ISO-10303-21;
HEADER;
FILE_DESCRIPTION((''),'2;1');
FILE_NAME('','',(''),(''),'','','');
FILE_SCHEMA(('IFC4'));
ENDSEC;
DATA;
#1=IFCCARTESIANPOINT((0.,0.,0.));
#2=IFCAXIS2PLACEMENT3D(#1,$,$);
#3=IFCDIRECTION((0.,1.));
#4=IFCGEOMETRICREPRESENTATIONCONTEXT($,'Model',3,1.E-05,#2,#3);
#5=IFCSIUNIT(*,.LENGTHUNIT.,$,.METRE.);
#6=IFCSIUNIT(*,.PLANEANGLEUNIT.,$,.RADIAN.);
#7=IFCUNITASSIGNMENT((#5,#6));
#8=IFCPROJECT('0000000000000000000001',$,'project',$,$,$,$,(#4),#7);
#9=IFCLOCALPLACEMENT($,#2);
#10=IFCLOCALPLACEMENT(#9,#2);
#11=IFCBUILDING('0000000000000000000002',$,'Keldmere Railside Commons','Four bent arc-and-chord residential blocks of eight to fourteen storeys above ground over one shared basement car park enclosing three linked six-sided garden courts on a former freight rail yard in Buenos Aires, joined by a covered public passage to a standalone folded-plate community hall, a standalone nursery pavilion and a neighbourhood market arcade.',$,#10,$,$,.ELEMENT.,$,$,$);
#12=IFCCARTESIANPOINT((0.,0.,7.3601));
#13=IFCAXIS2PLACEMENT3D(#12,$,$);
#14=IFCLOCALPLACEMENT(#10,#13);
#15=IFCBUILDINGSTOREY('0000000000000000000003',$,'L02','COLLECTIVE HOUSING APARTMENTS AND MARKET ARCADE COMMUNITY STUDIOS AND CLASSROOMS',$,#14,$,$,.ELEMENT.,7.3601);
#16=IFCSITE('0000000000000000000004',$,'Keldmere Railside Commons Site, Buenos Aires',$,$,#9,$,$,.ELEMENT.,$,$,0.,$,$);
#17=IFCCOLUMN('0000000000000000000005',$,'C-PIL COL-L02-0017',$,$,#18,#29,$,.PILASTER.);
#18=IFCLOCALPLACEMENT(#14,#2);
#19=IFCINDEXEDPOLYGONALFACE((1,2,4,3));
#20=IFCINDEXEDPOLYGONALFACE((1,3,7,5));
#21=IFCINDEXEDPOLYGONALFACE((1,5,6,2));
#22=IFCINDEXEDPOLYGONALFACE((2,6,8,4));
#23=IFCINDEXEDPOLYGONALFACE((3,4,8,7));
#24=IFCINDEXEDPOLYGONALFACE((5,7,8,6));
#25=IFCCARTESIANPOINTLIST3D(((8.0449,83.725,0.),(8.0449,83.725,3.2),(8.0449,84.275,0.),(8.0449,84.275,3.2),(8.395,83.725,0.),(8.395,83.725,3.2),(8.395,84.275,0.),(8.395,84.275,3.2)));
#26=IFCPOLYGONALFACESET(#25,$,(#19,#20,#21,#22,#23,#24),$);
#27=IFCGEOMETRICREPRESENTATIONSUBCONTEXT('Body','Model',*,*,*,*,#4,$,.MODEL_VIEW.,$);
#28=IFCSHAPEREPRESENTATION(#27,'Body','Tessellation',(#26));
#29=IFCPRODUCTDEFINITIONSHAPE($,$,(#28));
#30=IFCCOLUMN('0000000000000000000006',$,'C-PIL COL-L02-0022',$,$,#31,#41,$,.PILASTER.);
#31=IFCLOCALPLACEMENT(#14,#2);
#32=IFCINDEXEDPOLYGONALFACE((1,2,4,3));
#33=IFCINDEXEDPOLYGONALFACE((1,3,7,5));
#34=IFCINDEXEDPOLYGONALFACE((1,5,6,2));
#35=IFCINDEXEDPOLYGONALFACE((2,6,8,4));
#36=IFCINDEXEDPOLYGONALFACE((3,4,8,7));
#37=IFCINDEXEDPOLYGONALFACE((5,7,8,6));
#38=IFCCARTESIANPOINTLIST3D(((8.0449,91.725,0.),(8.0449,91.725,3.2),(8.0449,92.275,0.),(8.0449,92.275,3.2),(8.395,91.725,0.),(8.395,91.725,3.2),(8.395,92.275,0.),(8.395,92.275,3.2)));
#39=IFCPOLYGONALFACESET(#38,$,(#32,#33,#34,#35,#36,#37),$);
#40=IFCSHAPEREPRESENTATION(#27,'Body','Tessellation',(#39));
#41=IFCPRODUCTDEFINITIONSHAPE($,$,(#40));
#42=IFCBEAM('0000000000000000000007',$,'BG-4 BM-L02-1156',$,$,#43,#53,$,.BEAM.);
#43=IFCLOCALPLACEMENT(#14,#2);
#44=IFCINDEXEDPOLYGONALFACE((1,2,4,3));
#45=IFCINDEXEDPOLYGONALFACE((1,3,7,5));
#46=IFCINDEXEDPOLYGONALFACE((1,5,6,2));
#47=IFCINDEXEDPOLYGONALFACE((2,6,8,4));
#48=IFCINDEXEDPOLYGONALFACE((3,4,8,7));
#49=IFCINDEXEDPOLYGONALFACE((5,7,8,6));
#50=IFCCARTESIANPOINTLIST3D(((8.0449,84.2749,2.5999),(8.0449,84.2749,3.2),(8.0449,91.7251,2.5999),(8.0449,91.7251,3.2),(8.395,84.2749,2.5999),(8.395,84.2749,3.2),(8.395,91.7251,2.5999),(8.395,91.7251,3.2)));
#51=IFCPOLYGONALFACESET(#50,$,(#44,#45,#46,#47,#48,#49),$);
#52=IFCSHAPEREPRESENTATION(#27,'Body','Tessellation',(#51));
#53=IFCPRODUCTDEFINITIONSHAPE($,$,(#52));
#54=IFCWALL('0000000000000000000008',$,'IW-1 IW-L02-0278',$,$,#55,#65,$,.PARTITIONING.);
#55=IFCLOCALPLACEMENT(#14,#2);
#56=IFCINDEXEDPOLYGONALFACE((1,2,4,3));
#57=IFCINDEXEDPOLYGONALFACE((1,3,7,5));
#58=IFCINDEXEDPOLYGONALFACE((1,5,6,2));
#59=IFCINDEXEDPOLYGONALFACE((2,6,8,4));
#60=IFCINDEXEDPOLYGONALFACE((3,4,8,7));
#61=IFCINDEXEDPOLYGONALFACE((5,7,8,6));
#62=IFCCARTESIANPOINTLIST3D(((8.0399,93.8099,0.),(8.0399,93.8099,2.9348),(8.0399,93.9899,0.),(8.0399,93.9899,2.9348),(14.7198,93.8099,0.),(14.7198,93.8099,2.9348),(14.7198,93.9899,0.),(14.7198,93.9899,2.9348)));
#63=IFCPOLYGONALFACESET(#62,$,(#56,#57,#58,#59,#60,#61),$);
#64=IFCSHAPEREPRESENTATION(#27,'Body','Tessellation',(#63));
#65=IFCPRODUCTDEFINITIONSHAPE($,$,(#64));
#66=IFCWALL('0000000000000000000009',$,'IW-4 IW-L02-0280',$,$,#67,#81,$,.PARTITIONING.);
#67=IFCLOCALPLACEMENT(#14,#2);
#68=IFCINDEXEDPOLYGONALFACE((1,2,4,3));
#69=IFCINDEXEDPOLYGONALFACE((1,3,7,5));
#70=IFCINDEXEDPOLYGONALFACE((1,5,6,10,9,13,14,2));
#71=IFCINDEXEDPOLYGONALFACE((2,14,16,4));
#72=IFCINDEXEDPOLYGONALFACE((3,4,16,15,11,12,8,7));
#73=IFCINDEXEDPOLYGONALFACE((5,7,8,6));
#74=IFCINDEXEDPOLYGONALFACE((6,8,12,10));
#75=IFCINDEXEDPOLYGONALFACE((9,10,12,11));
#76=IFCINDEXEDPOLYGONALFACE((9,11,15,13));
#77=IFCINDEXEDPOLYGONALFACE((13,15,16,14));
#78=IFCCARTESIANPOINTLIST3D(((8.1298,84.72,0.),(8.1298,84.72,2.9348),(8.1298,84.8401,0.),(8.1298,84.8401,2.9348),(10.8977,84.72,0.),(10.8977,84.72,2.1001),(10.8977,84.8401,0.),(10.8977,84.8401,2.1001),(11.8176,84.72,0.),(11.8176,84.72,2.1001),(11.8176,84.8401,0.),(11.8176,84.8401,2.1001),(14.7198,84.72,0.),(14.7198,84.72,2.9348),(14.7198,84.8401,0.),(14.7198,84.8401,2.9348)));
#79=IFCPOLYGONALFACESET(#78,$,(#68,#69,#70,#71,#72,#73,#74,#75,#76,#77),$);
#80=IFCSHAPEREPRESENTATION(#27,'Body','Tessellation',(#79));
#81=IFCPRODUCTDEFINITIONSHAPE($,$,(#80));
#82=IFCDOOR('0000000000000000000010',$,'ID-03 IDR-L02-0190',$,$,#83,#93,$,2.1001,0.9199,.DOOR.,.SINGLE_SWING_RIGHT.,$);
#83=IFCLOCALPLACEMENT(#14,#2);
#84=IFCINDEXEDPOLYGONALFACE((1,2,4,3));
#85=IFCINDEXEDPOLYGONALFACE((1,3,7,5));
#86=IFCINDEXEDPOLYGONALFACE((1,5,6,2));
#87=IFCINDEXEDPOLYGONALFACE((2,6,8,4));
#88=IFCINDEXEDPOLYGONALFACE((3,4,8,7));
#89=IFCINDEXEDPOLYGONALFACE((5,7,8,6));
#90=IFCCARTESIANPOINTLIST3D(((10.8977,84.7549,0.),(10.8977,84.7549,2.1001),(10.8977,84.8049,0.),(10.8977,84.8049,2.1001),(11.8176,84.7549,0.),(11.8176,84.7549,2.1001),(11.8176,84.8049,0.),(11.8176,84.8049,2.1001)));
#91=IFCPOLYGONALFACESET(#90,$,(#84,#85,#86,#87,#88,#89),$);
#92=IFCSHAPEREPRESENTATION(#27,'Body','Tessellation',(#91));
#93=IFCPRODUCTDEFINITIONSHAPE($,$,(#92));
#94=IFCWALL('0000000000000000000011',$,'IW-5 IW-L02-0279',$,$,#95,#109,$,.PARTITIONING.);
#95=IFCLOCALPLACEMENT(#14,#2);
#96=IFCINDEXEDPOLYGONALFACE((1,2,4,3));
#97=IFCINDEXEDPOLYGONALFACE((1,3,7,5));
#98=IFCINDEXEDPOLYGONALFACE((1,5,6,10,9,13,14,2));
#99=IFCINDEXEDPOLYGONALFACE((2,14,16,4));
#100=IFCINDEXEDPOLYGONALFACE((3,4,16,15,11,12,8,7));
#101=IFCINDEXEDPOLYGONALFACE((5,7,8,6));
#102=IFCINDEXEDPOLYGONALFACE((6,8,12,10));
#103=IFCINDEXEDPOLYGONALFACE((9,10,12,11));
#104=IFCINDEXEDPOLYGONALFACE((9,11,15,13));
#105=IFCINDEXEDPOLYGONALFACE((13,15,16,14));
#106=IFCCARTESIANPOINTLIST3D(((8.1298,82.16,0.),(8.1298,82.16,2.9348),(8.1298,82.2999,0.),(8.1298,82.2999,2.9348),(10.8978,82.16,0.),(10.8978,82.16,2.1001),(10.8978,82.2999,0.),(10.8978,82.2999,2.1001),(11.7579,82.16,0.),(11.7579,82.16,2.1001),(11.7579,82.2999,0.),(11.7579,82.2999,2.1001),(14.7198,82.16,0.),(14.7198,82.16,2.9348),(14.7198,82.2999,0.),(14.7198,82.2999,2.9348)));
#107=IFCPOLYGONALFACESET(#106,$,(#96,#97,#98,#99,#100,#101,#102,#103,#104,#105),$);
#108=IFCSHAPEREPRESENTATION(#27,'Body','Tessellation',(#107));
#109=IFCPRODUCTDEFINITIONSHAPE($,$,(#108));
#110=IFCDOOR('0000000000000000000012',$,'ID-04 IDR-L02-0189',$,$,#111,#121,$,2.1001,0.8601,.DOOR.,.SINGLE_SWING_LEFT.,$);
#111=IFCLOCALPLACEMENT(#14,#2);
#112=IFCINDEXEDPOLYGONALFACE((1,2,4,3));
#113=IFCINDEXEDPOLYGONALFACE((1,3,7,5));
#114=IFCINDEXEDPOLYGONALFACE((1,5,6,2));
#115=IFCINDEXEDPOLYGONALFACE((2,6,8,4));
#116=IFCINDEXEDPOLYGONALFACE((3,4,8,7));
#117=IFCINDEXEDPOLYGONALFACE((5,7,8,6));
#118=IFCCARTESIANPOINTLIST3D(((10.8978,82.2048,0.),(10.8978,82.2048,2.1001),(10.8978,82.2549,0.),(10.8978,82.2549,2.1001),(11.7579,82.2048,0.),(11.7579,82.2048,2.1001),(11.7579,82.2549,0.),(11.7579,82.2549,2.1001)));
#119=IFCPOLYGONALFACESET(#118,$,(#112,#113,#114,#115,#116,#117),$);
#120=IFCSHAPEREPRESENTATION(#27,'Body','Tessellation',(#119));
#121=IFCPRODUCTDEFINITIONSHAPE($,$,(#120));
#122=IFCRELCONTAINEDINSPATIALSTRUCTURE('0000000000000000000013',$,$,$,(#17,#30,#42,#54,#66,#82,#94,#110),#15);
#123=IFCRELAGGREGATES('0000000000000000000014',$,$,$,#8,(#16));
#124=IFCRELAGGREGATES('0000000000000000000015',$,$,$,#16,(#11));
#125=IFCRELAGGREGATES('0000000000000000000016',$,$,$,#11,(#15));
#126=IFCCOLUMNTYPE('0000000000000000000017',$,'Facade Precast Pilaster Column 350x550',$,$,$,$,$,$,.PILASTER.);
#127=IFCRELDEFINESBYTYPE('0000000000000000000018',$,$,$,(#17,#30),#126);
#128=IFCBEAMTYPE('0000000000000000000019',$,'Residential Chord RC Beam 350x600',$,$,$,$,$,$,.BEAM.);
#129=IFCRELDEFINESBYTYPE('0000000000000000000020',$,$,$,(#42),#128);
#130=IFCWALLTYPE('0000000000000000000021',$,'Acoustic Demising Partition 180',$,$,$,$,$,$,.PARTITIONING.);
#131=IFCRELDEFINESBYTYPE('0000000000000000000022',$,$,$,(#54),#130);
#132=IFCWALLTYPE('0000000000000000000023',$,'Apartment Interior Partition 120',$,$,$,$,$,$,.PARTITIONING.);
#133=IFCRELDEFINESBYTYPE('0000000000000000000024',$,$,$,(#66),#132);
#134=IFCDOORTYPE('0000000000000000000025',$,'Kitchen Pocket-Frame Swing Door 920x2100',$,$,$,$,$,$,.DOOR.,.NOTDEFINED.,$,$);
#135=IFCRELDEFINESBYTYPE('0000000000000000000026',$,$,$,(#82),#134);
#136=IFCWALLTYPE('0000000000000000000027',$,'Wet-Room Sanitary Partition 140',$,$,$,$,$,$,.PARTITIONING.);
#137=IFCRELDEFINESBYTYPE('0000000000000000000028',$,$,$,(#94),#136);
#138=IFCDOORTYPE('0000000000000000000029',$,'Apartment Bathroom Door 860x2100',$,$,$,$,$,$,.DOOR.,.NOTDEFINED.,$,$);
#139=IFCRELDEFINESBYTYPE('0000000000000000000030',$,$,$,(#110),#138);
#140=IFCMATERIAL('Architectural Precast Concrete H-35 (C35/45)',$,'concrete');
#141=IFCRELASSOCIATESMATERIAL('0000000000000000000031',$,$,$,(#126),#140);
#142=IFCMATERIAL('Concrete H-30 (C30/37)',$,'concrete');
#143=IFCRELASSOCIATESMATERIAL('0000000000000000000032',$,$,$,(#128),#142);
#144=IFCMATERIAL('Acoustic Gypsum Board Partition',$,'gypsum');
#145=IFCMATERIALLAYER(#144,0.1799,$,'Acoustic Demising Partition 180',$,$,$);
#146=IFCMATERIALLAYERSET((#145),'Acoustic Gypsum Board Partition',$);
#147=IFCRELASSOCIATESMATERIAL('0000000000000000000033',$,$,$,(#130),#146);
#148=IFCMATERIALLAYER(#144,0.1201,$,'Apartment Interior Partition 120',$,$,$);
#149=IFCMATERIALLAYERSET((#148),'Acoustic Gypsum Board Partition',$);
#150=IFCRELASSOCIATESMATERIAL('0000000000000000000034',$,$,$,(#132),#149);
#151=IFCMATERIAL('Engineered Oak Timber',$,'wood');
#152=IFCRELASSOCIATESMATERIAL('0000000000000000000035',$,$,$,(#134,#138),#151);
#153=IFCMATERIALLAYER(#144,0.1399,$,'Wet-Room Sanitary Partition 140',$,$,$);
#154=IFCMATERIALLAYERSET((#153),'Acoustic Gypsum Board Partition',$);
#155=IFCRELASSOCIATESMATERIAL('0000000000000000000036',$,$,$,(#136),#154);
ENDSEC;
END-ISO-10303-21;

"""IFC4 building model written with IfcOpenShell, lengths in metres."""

from ifc_helpers import new_model, si_unit, direction, frame, frame_2d, origin, origin_2d, place, context, subcontext, project, spatial, rectangle, extrude, material, layer, layer_set, material_profile, profile_set, type_object, element, fill, save


model = new_model("IFC4")

# Units and contexts
model_context = context("Model", 3, precision=1e-05, world=origin(), true_north=direction((0.0, 1.0)))
body_context = subcontext(model_context, "Body", "Model", "MODEL_VIEW")
ifc_project = project(units=[si_unit("LENGTHUNIT", "METRE"), si_unit("PLANEANGLEUNIT", "RADIAN")], contexts=[model_context])

# Site, building, storey
site_placement = place(None, origin())
site = spatial("IfcSite", under=ifc_project, at=site_placement, Name="Keldmere Railside Commons Site, Buenos Aires", CompositionType="ELEMENT", RefElevation=0.0)
building_placement = place(site_placement, origin())
building = spatial("IfcBuilding", under=site, at=building_placement, Name="Keldmere Railside Commons", Description="Four bent arc-and-chord residential blocks of eight to fourteen storeys above ground over one shared basement car park enclosing three linked six-sided garden courts on a former freight rail yard in Buenos Aires, joined by a covered public passage to a standalone folded-plate community hall, a standalone nursery pavilion and a neighbourhood market arcade.", CompositionType="ELEMENT")
storey_placement = place(building_placement, frame((0.0, 0.0, 7.3601)))
storey = spatial("IfcBuildingStorey", under=building, at=storey_placement, Name="L02", Description="COLLECTIVE HOUSING APARTMENTS AND MARKET ARCADE COMMUNITY STUDIOS AND CLASSROOMS", CompositionType="ELEMENT", Elevation=7.3601)

# Columns
ifc_material_1 = material(Name="Architectural Precast Concrete H-35 (C35/45)", Category="concrete")
ifc_material_profile_1 = material_profile(ifc_material_1, rectangle(XDim=0.3501, YDim=0.55, at=origin_2d()), Name="RC-350x550")
ifc_profile_set_1 = profile_set([ifc_material_profile_1], Name="Architectural Precast Concrete H-35 (C35/45)")
column_type = type_object("IfcColumnType", Name="Facade Precast Pilaster Column 350x550", PredefinedType="PILASTER", material=ifc_profile_set_1)
for number, where, z_axis, x_axis, name in (
    (1, (8.22, 84.0, 0.0), (0.0, 0.0, 1.0), (1.0, 0.0, 0.0), "C-PIL COL-L02-0017"),
    (2, (8.22, 92.0, 0.0), (0.0, 0.0, 1.0), (1.0, 0.0, 0.0), "C-PIL COL-L02-0022"),
):
    element("IfcColumn", number, at=place(storey_placement, frame(where, z_axis=z_axis, x_axis=x_axis)), inside=storey, type_object=column_type, Name=name, PredefinedType="PILASTER", context=body_context, shape_type="SweptSolid", body=[
        extrude(rectangle(XDim=0.3501, YDim=0.55, at=origin_2d()), origin(), (0.0, 0.0, 1.0), 3.2),
    ])

# Beam
ifc_material_2 = material(Name="Concrete H-30 (C30/37)", Category="concrete")
ifc_material_profile_2 = material_profile(ifc_material_2, rectangle(XDim=0.3501, YDim=0.6001, at=origin_2d()), Name="RC-350x600")
ifc_profile_set_2 = profile_set([ifc_material_profile_2], Name="Concrete H-30 (C30/37)")
beam_type = type_object("IfcBeamType", Name="Residential Chord RC Beam 350x600", PredefinedType="BEAM", material=ifc_profile_set_2)
beam_placement = place(storey_placement, frame((8.22, 84.2749, 2.8999), z_axis=(0.0, 1.0, 0.0), x_axis=(-1.0, 0.0, 0.0)))
element("IfcBeam", 3, at=beam_placement, inside=storey, type_object=beam_type, Name="BG-4 BM-L02-1156", PredefinedType="BEAM", context=body_context, shape_type="SweptSolid", body=[
    extrude(rectangle(XDim=0.3501, YDim=0.6001, at=origin_2d()), origin(), (0.0, 0.0, 1.0), 7.4502),
])

# Wall
ifc_material_3 = material(Name="Acoustic Gypsum Board Partition", Category="gypsum")
ifc_layer_1 = layer(ifc_material_3, 0.1799, Name="Acoustic Demising Partition 180")
ifc_layer_set_1 = layer_set([ifc_layer_1], Name="Acoustic Gypsum Board Partition")
wall_type_1 = type_object("IfcWallType", Name="Acoustic Demising Partition 180", PredefinedType="PARTITIONING", material=ifc_layer_set_1)
wall_1_placement = place(storey_placement, frame((8.04, 93.8999, 0.0), z_axis=(0.0, 0.0, 1.0), x_axis=(1.0, 0.0, 0.0)))
element("IfcWall", 4, at=wall_1_placement, inside=storey, type_object=wall_type_1, Name="IW-1 IW-L02-0278", PredefinedType="PARTITIONING", context=body_context, shape_type="SweptSolid", body=[
    extrude(rectangle(XDim=6.6799, YDim=0.1799, at=frame_2d((3.3398, 0.0))), origin(), (0.0, 0.0, 1.0), 2.9348),
])

# Walls, openings, doors
ifc_layer_2 = layer(ifc_material_3, 0.1201, Name="Apartment Interior Partition 120")
ifc_layer_set_2 = layer_set([ifc_layer_2], Name="Acoustic Gypsum Board Partition")
wall_type_2 = type_object("IfcWallType", Name="Apartment Interior Partition 120", PredefinedType="PARTITIONING", material=ifc_layer_set_2)
wall_2_placement = place(storey_placement, frame((8.1299, 84.78, 0.0), z_axis=(0.0, 0.0, 1.0), x_axis=(1.0, 0.0, 0.0)))
wall_2 = element("IfcWall", 5, at=wall_2_placement, inside=storey, type_object=wall_type_2, Name="IW-4 IW-L02-0280", PredefinedType="PARTITIONING", context=body_context, shape_type="SweptSolid", body=[
    extrude(rectangle(XDim=6.5901, YDim=0.1201, at=frame_2d((3.2949, 0.0))), origin(), (0.0, 0.0, 1.0), 2.9348),
])
opening_1_placement = place(wall_2_placement, frame((2.7678, 0.0, 0.0)))
opening_1 = element("IfcOpeningElement", 6, at=opening_1_placement, cuts=wall_2, PredefinedType="OPENING", context=body_context, shape_type="SweptSolid", body=[
    extrude(rectangle(XDim=0.9199, YDim=2.1001, at=frame_2d((0.46, 1.05))), frame((0.0, 0.0701, 0.0), z_axis=(0.0, -1.0, 0.0), x_axis=(1.0, 0.0, 0.0)), (0.0, 0.0, 1.0), 0.1401),
])
ifc_material_4 = material(Name="Engineered Oak Timber", Category="wood")
door_type_1 = type_object("IfcDoorType", Name="Kitchen Pocket-Frame Swing Door 920x2100", OperationType="NOTDEFINED", PredefinedType="DOOR", material=ifc_material_4)
door_1_placement = place(opening_1_placement, origin())
door_1 = element("IfcDoor", 7, at=door_1_placement, inside=storey, type_object=door_type_1, Name="ID-03 IDR-L02-0190", OperationType="SINGLE_SWING_RIGHT", OverallHeight=2.1001, OverallWidth=0.9199, PredefinedType="DOOR", context=body_context, shape_type="SweptSolid", body=[
    extrude(rectangle(XDim=0.9199, YDim=2.1001, at=frame_2d((0.46, 1.05))), frame((0.0, 0.0249, 0.0), z_axis=(0.0, -1.0, 0.0), x_axis=(1.0, 0.0, 0.0)), (0.0, 0.0, 1.0), 0.05),
])
fill(opening_1, door_1)
ifc_layer_3 = layer(ifc_material_3, 0.1399, Name="Wet-Room Sanitary Partition 140")
ifc_layer_set_3 = layer_set([ifc_layer_3], Name="Acoustic Gypsum Board Partition")
wall_type_3 = type_object("IfcWallType", Name="Wet-Room Sanitary Partition 140", PredefinedType="PARTITIONING", material=ifc_layer_set_3)
wall_3_placement = place(storey_placement, frame((8.1299, 82.23, 0.0), z_axis=(0.0, 0.0, 1.0), x_axis=(1.0, 0.0, 0.0)))
wall_3 = element("IfcWall", 8, at=wall_3_placement, inside=storey, type_object=wall_type_3, Name="IW-5 IW-L02-0279", PredefinedType="PARTITIONING", context=body_context, shape_type="SweptSolid", body=[
    extrude(rectangle(XDim=6.5901, YDim=0.1399, at=frame_2d((3.2949, 0.0))), origin(), (0.0, 0.0, 1.0), 2.9348),
])
opening_2_placement = place(wall_3_placement, frame((2.7678, 0.0, 0.0)))
opening_2 = element("IfcOpeningElement", 9, at=opening_2_placement, cuts=wall_3, PredefinedType="OPENING", context=body_context, shape_type="SweptSolid", body=[
    extrude(rectangle(XDim=0.8601, YDim=2.1001, at=frame_2d((0.4302, 1.05))), frame((0.0, 0.0798, 0.0), z_axis=(0.0, -1.0, 0.0), x_axis=(1.0, 0.0, 0.0)), (0.0, 0.0, 1.0), 0.1599),
])
door_type_2 = type_object("IfcDoorType", Name="Apartment Bathroom Door 860x2100", OperationType="NOTDEFINED", PredefinedType="DOOR", material=ifc_material_4)
door_2_placement = place(opening_2_placement, origin())
door_2 = element("IfcDoor", 10, at=door_2_placement, inside=storey, type_object=door_type_2, Name="ID-04 IDR-L02-0189", OperationType="SINGLE_SWING_LEFT", OverallHeight=2.1001, OverallWidth=0.8601, PredefinedType="DOOR", context=body_context, shape_type="SweptSolid", body=[
    extrude(rectangle(XDim=0.8601, YDim=2.1001, at=frame_2d((0.4302, 1.05))), frame((0.0, 0.0249, 0.0), z_axis=(0.0, -1.0, 0.0), x_axis=(1.0, 0.0, 0.0)), (0.0, 0.0, 1.0), 0.05),
])
fill(opening_2, door_2)

save(model, "model.ifc")
